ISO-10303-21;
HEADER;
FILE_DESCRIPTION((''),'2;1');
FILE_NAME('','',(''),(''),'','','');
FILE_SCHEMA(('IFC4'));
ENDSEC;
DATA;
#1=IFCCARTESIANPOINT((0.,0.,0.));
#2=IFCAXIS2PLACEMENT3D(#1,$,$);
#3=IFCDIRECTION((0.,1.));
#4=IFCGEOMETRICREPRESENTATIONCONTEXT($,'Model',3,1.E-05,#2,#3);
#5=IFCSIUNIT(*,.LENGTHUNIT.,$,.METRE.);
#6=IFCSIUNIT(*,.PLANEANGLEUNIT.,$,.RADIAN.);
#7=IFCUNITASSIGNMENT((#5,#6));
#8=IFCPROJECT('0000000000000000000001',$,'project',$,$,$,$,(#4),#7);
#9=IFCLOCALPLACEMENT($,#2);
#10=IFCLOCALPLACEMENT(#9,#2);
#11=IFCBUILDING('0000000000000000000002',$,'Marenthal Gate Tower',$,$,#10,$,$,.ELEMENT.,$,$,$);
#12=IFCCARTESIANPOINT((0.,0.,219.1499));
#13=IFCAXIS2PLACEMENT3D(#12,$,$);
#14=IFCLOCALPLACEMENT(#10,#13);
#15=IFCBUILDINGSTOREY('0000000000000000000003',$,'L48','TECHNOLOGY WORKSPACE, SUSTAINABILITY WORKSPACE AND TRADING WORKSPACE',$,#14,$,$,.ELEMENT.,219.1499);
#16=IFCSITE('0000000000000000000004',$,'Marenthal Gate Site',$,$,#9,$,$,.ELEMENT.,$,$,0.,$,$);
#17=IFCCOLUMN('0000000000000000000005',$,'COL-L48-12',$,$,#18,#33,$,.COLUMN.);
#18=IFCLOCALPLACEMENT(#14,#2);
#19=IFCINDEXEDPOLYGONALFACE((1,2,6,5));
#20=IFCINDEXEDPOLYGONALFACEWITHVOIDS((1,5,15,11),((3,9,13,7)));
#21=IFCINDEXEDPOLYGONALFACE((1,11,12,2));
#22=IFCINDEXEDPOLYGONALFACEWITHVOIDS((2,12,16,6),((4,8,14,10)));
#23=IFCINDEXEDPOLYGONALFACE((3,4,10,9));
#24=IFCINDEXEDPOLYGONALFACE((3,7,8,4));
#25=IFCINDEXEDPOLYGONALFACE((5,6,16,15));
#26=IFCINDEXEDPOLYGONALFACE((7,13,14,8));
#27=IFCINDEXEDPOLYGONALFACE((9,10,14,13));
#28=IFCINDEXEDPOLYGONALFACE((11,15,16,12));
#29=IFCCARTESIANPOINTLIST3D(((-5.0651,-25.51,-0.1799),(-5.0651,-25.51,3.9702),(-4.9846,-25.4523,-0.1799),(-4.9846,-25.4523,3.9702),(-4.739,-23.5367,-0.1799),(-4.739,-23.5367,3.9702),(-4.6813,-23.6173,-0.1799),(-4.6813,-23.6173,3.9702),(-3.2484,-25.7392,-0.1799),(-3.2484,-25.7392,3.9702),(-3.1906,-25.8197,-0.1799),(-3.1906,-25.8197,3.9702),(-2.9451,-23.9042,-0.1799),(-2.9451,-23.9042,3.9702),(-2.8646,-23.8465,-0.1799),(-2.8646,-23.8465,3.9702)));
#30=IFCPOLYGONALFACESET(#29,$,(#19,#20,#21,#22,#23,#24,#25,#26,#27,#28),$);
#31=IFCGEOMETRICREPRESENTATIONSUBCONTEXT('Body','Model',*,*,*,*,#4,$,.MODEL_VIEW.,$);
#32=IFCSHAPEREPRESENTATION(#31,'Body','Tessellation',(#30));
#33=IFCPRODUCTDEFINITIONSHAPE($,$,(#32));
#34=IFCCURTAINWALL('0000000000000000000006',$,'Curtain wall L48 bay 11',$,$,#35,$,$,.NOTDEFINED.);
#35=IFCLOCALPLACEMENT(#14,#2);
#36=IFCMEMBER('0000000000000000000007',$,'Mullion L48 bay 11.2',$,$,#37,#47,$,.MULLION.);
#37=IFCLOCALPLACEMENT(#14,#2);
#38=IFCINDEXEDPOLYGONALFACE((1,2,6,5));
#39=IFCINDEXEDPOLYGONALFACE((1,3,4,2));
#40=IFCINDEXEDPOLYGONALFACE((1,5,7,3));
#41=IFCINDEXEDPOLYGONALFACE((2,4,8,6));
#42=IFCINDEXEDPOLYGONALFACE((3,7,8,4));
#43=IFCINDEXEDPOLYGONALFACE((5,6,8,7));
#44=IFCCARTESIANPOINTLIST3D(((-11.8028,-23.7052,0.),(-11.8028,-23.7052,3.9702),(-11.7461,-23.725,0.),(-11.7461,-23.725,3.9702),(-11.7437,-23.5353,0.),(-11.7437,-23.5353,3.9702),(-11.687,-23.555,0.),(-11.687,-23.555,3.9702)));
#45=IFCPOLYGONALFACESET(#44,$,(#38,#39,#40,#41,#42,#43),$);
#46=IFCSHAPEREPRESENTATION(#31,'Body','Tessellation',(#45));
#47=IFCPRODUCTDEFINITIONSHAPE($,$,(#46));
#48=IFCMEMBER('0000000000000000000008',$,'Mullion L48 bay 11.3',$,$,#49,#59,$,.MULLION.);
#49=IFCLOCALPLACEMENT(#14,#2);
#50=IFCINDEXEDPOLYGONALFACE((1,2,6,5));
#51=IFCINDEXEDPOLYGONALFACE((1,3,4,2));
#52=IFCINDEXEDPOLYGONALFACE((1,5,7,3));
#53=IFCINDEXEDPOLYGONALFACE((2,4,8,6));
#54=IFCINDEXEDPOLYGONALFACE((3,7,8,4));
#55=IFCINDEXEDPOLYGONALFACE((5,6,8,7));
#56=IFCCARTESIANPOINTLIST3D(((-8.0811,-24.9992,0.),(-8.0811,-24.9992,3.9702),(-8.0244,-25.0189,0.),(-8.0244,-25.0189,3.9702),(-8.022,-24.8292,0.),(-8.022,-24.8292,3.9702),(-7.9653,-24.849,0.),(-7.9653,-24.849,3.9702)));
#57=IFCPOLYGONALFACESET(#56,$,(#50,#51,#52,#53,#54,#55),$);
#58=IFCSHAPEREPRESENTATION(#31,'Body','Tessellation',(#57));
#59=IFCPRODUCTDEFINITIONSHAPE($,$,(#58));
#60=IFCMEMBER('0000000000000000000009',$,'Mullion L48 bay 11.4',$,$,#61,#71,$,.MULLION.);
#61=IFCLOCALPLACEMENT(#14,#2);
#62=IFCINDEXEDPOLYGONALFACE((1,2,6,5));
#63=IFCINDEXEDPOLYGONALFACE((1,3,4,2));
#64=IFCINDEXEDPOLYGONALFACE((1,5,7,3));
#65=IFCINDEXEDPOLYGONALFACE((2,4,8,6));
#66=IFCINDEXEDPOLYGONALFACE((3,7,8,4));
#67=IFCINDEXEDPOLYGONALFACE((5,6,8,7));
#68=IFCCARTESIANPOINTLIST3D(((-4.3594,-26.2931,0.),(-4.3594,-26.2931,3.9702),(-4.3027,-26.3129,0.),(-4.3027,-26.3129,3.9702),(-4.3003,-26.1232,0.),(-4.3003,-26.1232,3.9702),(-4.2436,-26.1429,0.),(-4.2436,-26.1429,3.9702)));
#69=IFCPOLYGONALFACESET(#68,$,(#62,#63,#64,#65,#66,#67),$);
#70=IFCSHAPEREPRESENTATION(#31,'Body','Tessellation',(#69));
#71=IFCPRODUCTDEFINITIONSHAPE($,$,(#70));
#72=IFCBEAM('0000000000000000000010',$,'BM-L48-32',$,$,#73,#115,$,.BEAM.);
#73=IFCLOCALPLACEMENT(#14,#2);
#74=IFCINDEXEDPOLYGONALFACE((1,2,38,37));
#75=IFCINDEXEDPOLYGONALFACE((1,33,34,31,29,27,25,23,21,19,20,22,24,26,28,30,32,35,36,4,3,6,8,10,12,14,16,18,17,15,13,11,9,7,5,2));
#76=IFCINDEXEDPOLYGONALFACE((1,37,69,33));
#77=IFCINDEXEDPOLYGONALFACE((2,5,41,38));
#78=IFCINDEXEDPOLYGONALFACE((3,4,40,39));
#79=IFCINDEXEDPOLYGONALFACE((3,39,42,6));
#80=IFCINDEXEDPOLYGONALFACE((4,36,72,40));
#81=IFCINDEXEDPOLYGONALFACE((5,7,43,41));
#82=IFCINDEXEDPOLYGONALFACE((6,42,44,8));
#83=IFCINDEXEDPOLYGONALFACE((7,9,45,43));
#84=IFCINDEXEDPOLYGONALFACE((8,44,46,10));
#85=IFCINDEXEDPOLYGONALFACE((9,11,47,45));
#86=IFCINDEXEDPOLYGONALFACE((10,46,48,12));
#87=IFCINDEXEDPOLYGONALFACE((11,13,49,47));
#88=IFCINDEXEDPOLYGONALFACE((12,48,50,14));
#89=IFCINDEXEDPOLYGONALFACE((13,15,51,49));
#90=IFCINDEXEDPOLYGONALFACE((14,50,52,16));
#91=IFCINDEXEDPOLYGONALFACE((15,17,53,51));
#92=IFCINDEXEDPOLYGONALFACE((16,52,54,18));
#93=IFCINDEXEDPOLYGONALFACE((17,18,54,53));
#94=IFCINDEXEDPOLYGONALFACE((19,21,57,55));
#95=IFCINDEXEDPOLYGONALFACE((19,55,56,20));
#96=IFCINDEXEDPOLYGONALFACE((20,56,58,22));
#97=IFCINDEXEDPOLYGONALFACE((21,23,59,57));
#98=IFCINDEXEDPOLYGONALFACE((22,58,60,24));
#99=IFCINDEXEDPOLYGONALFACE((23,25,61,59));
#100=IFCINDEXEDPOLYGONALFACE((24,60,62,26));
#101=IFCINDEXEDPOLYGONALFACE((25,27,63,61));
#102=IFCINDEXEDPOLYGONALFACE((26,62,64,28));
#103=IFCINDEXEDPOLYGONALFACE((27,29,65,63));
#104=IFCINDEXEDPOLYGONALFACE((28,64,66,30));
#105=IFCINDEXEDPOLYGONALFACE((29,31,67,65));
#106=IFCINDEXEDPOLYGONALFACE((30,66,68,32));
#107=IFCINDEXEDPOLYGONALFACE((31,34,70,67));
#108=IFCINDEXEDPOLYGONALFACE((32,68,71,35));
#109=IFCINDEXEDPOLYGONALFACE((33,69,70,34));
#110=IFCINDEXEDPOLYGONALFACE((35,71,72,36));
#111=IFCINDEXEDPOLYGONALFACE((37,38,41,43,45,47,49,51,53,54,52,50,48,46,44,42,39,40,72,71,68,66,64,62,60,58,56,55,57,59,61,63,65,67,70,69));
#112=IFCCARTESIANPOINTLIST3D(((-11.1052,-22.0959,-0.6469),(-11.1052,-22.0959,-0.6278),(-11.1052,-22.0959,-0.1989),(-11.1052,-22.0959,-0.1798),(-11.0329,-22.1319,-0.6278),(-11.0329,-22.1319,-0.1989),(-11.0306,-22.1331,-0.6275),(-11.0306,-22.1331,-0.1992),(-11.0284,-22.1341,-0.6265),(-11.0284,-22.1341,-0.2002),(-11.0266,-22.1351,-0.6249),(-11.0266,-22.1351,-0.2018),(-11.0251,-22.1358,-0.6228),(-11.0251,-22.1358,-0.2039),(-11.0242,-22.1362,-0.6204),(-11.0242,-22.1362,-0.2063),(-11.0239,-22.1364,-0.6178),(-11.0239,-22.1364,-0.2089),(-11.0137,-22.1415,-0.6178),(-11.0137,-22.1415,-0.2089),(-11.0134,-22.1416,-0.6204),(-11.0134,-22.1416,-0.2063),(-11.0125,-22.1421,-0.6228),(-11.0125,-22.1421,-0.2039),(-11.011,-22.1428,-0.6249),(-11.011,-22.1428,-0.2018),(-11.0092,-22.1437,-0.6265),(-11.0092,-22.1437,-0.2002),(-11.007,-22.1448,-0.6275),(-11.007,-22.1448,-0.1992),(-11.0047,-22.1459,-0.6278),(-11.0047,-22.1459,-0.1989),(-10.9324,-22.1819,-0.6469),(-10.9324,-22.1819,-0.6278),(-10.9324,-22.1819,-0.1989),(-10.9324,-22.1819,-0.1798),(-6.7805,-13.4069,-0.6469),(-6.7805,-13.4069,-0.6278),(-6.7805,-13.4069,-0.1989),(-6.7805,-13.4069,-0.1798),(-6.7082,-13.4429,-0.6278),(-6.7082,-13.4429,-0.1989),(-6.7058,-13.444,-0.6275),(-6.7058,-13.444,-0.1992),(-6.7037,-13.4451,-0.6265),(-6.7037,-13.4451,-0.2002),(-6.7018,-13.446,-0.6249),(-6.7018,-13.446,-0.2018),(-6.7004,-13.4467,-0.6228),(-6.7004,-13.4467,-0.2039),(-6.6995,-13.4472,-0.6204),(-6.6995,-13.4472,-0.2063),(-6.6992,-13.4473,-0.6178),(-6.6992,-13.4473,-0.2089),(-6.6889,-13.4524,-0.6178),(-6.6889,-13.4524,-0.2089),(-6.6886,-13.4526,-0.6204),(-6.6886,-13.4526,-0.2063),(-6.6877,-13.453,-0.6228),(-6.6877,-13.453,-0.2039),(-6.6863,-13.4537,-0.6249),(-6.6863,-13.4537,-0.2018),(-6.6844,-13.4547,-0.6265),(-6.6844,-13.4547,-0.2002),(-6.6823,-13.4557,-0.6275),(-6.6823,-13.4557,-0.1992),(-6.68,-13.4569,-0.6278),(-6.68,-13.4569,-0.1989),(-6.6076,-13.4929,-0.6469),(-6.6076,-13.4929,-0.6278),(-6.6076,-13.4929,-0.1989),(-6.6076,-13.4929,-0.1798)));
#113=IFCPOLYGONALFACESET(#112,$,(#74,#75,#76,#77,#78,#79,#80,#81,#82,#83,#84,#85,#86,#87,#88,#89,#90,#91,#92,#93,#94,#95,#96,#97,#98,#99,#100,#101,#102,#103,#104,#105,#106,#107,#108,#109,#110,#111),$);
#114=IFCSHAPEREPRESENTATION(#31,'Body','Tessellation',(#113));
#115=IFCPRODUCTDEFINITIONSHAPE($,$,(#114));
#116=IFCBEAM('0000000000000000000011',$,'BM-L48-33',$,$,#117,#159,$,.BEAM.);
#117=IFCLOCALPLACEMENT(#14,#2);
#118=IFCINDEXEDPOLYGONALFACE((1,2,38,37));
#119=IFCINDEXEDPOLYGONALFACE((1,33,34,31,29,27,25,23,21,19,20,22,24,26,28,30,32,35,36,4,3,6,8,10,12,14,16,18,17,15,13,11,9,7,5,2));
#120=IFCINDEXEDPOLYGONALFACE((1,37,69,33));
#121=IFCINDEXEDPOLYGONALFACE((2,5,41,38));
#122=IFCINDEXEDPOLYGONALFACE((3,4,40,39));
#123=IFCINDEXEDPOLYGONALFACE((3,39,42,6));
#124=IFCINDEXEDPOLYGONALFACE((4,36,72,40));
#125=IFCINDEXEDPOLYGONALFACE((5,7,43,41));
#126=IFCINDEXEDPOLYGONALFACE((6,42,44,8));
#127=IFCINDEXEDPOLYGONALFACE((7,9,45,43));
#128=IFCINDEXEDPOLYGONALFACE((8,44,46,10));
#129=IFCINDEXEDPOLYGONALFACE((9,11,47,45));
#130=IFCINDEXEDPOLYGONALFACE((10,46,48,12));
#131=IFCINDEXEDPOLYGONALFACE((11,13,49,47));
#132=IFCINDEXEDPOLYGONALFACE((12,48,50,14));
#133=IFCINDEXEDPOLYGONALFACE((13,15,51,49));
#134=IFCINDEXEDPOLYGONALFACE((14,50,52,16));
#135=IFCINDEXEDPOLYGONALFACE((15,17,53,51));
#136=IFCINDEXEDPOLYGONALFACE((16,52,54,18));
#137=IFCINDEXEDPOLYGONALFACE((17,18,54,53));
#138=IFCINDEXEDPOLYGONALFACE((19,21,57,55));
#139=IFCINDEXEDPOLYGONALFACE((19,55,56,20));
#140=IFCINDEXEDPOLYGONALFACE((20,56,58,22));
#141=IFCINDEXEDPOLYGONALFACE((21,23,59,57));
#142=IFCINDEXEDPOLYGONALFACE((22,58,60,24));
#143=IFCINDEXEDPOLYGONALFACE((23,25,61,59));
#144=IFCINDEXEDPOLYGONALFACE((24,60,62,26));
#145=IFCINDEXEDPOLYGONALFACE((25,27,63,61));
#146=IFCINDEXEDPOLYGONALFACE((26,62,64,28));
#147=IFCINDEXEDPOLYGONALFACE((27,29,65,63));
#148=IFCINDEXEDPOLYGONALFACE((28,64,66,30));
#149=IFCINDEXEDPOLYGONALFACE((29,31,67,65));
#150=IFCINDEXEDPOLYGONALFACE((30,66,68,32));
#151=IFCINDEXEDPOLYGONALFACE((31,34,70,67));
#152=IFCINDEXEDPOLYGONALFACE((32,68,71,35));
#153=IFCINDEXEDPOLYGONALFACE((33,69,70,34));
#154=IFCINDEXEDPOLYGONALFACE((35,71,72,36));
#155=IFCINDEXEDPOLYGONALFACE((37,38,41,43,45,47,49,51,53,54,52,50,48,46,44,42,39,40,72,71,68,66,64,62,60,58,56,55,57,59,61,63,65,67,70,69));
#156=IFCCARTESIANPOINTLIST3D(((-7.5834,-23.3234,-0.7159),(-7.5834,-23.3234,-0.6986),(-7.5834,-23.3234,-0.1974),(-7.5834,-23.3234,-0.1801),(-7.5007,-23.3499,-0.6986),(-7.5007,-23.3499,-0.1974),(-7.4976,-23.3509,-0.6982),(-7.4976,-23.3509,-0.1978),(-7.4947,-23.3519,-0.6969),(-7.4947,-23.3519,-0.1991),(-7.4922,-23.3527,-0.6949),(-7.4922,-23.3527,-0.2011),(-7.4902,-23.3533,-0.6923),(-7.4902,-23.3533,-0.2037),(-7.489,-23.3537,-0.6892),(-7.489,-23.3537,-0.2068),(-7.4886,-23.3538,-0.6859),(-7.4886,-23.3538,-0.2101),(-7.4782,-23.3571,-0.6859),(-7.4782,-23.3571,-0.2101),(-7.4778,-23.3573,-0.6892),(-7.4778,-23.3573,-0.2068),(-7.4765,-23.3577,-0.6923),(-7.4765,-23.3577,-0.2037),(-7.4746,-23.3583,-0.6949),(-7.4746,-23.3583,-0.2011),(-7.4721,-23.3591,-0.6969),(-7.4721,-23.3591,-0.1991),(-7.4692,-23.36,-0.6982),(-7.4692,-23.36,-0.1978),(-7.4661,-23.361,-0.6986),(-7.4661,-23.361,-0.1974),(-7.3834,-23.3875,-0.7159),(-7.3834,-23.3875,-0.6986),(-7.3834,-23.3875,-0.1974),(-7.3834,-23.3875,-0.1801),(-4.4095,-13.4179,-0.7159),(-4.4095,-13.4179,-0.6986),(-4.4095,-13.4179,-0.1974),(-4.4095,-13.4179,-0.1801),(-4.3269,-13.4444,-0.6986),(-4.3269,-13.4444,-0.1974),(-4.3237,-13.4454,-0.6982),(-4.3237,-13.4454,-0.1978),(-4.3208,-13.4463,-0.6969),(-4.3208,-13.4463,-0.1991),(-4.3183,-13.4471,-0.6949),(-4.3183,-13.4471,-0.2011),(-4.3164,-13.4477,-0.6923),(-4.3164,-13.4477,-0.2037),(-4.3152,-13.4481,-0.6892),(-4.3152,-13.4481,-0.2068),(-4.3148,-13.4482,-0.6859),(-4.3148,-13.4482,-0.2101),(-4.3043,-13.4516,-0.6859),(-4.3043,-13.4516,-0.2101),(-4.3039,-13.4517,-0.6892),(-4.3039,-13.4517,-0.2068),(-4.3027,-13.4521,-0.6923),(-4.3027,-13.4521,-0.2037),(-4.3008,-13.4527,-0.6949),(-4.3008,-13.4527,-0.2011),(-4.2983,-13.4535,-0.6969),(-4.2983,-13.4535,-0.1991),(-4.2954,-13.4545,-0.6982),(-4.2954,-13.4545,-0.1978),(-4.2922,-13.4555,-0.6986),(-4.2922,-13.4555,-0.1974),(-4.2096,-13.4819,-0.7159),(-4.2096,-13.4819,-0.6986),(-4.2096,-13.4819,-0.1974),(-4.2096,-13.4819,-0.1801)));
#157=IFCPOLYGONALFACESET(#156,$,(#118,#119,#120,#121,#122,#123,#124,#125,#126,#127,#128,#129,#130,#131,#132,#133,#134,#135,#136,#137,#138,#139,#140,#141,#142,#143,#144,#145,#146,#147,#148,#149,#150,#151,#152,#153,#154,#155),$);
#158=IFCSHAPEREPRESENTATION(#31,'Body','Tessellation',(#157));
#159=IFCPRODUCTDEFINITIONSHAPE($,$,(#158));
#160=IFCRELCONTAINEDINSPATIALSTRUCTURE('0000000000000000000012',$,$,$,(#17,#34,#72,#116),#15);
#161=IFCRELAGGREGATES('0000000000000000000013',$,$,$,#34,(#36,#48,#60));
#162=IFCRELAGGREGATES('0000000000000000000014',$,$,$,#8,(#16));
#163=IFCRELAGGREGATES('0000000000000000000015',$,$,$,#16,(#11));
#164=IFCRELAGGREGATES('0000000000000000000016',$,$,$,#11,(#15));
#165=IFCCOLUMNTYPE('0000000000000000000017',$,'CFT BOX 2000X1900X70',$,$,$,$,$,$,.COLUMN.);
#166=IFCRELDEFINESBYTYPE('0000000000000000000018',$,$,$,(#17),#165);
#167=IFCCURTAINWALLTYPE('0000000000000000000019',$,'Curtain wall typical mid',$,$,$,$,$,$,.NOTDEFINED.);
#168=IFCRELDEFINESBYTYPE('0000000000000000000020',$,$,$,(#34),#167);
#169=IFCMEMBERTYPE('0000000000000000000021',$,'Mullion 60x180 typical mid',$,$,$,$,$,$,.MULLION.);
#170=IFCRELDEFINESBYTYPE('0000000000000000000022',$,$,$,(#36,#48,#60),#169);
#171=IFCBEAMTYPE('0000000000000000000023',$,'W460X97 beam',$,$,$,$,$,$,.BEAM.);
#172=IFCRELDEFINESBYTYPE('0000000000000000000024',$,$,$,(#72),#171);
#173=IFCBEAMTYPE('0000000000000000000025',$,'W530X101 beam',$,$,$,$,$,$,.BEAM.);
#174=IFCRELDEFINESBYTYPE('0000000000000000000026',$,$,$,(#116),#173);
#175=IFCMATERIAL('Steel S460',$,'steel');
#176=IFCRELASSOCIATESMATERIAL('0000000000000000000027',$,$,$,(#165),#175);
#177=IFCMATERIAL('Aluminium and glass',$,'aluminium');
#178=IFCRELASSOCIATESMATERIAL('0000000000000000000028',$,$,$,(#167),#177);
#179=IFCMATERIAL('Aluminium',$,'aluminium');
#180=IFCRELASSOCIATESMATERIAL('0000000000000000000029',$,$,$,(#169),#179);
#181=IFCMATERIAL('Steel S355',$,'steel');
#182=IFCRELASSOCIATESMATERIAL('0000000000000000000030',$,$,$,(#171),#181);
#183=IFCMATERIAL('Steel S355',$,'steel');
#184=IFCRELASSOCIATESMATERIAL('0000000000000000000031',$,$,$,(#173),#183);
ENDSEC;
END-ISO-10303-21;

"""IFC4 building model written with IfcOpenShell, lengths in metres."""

from ifc_helpers import new_model, si_unit, direction, frame, origin, origin_2d, place, context, subcontext, project, spatial, rectangle, hollow_rectangle, i_section, extrude, material, material_profile, profile_set, type_object, element, aggregate, save


model = new_model("IFC4")

# Units and contexts
model_context = context("Model", 3, precision=1e-05, world=origin(), true_north=direction((0.0, 1.0)))
body_context = subcontext(model_context, "Body", "Model", "MODEL_VIEW")
ifc_project = project(units=[si_unit("LENGTHUNIT", "METRE"), si_unit("PLANEANGLEUNIT", "RADIAN")], contexts=[model_context])

# Site, building, storey
site_placement = place(None, origin())
site = spatial("IfcSite", under=ifc_project, at=site_placement, Name="Marenthal Gate Site", CompositionType="ELEMENT", RefElevation=0.0)
building_placement = place(site_placement, origin())
building = spatial("IfcBuilding", under=site, at=building_placement, Name="Marenthal Gate Tower", CompositionType="ELEMENT")
storey_placement = place(building_placement, frame((0.0, 0.0, 219.1499)))
storey = spatial("IfcBuildingStorey", under=building, at=storey_placement, Name="L48", Description="TECHNOLOGY WORKSPACE, SUSTAINABILITY WORKSPACE AND TRADING WORKSPACE", CompositionType="ELEMENT", Elevation=219.1499)

# Column
ifc_material_1 = material(Name="Steel S460", Category="steel")
ifc_material_profile_1 = material_profile(ifc_material_1, hollow_rectangle(XDim=1.8999, YDim=2.0, WallThickness=0.0701, at=origin_2d()), Name="CFT BOX 2000X1900X70")
ifc_material_2 = material(Name="Concrete 70 MPa", Category="concrete")
ifc_material_profile_2 = material_profile(ifc_material_2, rectangle(XDim=1.76, YDim=1.8601, at=origin_2d()), Name="CFT BOX 2000X1900X70 INFILL")
ifc_profile_set_1 = profile_set([ifc_material_profile_1, ifc_material_profile_2], Name="Steel S460 shell, Concrete 70 MPa infill")
column_type = type_object("IfcColumnType", Name="CFT BOX 2000X1900X70", PredefinedType="COLUMN", material=ifc_profile_set_1)
column_placement = place(storey_placement, frame((-3.9648, -24.6782, -0.1799), z_axis=(0.0, 0.0, 1.0), x_axis=(-0.986619, 0.163044, 0.0)))
element("IfcColumn", 1, at=column_placement, inside=storey, type_object=column_type, Name="COL-L48-12", PredefinedType="COLUMN", context=body_context, shape_type="SweptSolid", body=[
    extrude(hollow_rectangle(XDim=1.8999, YDim=2.0, WallThickness=0.0701, at=origin_2d()), origin(), (0.0, 0.0, 1.0), 4.1501),
])

# Curtain wall, members
ifc_material_3 = material(Name="Aluminium and glass", Category="aluminium")
curtain_wall_type = type_object("IfcCurtainWallType", Name="Curtain wall typical mid", PredefinedType="NOTDEFINED", material=ifc_material_3)
curtain_wall_placement = place(storey_placement, origin())
curtain_wall = element("IfcCurtainWall", 2, at=curtain_wall_placement, inside=storey, type_object=curtain_wall_type, Name="Curtain wall L48 bay 11", PredefinedType="NOTDEFINED")
ifc_material_4 = material(Name="Aluminium", Category="aluminium")
ifc_material_profile_3 = material_profile(ifc_material_4, rectangle(XDim=0.1799, YDim=0.0601, at=origin_2d()), Name="60x180 aluminium mullion")
ifc_profile_set_2 = profile_set([ifc_material_profile_3], Name="Aluminium")
member_type = type_object("IfcMemberType", Name="Mullion 60x180 typical mid", PredefinedType="MULLION", material=ifc_profile_set_2)
member_1_placement = place(storey_placement, frame((-11.7449, -23.6301, 0.0), z_axis=(0.0, 0.0, 1.0), x_axis=(0.3284, 0.944539, 0.0)))
member_1 = element("IfcMember", 3, at=member_1_placement, type_object=member_type, Name="Mullion L48 bay 11.2", PredefinedType="MULLION", context=body_context, shape_type="SweptSolid", body=[
    extrude(rectangle(XDim=0.1799, YDim=0.0601, at=origin_2d()), origin(), (0.0, 0.0, 1.0), 3.9702),
])
member_2_placement = place(storey_placement, frame((-8.0232, -24.9241, 0.0), z_axis=(0.0, 0.0, 1.0), x_axis=(0.3284, 0.944539, 0.0)))
member_2 = element("IfcMember", 4, at=member_2_placement, type_object=member_type, Name="Mullion L48 bay 11.3", PredefinedType="MULLION", context=body_context, shape_type="SweptSolid", body=[
    extrude(rectangle(XDim=0.1799, YDim=0.0601, at=origin_2d()), origin(), (0.0, 0.0, 1.0), 3.9702),
])
member_3_placement = place(storey_placement, frame((-4.3015, -26.218, 0.0), z_axis=(0.0, 0.0, 1.0), x_axis=(0.3284, 0.944539, 0.0)))
member_3 = element("IfcMember", 5, at=member_3_placement, type_object=member_type, Name="Mullion L48 bay 11.4", PredefinedType="MULLION", context=body_context, shape_type="SweptSolid", body=[
    extrude(rectangle(XDim=0.1799, YDim=0.0601, at=origin_2d()), origin(), (0.0, 0.0, 1.0), 3.9702),
])

# Beams
ifc_material_5 = material(Name="Steel S355", Category="steel")
ifc_material_profile_4 = material_profile(ifc_material_5, i_section(OverallWidth=0.1931, OverallDepth=0.467, WebThickness=0.0115, FlangeThickness=0.019, FilletRadius=0.01, at=origin_2d()), Name="W460X97")
ifc_profile_set_3 = profile_set([ifc_material_profile_4], Name="Steel S355")
beam_type_1 = type_object("IfcBeamType", Name="W460X97 beam", PredefinedType="BEAM", material=ifc_profile_set_3)
beam_1_placement = place(storey_placement, frame((-11.0188, -22.1389, -0.4133), z_axis=(0.445583, 0.895241, 0.0), x_axis=(-0.895241, 0.445583, 0.0)))
element("IfcBeam", 6, at=beam_1_placement, inside=storey, type_object=beam_type_1, Name="BM-L48-32", PredefinedType="BEAM", context=body_context, shape_type="SweptSolid", body=[
    extrude(i_section(OverallWidth=0.1931, OverallDepth=0.467, WebThickness=0.0115, FlangeThickness=0.019, FilletRadius=0.01, at=origin_2d()), origin(), (0.0, 0.0, 1.0), 9.7058),
])
ifc_material_6 = material(Name="Steel S355", Category="steel")
ifc_material_profile_5 = material_profile(ifc_material_6, i_section(OverallWidth=0.21, OverallDepth=0.5359, WebThickness=0.011, FlangeThickness=0.0173, FilletRadius=0.0127, at=origin_2d()), Name="W530X101")
ifc_profile_set_4 = profile_set([ifc_material_profile_5], Name="Steel S355")
beam_type_2 = type_object("IfcBeamType", Name="W530X101 beam", PredefinedType="BEAM", material=ifc_profile_set_4)
beam_2_placement = place(storey_placement, frame((-7.4834, -23.3555, -0.448), z_axis=(0.30513, 0.952311, 0.0), x_axis=(-0.952311, 0.30513, 0.0)))
element("IfcBeam", 7, at=beam_2_placement, inside=storey, type_object=beam_type_2, Name="BM-L48-33", PredefinedType="BEAM", context=body_context, shape_type="SweptSolid", body=[
    extrude(i_section(OverallWidth=0.21, OverallDepth=0.5359, WebThickness=0.011, FlangeThickness=0.0173, FilletRadius=0.0127, at=origin_2d()), origin(), (0.0, 0.0, 1.0), 10.4016),
])

aggregate(curtain_wall, [member_1, member_2, member_3])

save(model, "model.ifc")
